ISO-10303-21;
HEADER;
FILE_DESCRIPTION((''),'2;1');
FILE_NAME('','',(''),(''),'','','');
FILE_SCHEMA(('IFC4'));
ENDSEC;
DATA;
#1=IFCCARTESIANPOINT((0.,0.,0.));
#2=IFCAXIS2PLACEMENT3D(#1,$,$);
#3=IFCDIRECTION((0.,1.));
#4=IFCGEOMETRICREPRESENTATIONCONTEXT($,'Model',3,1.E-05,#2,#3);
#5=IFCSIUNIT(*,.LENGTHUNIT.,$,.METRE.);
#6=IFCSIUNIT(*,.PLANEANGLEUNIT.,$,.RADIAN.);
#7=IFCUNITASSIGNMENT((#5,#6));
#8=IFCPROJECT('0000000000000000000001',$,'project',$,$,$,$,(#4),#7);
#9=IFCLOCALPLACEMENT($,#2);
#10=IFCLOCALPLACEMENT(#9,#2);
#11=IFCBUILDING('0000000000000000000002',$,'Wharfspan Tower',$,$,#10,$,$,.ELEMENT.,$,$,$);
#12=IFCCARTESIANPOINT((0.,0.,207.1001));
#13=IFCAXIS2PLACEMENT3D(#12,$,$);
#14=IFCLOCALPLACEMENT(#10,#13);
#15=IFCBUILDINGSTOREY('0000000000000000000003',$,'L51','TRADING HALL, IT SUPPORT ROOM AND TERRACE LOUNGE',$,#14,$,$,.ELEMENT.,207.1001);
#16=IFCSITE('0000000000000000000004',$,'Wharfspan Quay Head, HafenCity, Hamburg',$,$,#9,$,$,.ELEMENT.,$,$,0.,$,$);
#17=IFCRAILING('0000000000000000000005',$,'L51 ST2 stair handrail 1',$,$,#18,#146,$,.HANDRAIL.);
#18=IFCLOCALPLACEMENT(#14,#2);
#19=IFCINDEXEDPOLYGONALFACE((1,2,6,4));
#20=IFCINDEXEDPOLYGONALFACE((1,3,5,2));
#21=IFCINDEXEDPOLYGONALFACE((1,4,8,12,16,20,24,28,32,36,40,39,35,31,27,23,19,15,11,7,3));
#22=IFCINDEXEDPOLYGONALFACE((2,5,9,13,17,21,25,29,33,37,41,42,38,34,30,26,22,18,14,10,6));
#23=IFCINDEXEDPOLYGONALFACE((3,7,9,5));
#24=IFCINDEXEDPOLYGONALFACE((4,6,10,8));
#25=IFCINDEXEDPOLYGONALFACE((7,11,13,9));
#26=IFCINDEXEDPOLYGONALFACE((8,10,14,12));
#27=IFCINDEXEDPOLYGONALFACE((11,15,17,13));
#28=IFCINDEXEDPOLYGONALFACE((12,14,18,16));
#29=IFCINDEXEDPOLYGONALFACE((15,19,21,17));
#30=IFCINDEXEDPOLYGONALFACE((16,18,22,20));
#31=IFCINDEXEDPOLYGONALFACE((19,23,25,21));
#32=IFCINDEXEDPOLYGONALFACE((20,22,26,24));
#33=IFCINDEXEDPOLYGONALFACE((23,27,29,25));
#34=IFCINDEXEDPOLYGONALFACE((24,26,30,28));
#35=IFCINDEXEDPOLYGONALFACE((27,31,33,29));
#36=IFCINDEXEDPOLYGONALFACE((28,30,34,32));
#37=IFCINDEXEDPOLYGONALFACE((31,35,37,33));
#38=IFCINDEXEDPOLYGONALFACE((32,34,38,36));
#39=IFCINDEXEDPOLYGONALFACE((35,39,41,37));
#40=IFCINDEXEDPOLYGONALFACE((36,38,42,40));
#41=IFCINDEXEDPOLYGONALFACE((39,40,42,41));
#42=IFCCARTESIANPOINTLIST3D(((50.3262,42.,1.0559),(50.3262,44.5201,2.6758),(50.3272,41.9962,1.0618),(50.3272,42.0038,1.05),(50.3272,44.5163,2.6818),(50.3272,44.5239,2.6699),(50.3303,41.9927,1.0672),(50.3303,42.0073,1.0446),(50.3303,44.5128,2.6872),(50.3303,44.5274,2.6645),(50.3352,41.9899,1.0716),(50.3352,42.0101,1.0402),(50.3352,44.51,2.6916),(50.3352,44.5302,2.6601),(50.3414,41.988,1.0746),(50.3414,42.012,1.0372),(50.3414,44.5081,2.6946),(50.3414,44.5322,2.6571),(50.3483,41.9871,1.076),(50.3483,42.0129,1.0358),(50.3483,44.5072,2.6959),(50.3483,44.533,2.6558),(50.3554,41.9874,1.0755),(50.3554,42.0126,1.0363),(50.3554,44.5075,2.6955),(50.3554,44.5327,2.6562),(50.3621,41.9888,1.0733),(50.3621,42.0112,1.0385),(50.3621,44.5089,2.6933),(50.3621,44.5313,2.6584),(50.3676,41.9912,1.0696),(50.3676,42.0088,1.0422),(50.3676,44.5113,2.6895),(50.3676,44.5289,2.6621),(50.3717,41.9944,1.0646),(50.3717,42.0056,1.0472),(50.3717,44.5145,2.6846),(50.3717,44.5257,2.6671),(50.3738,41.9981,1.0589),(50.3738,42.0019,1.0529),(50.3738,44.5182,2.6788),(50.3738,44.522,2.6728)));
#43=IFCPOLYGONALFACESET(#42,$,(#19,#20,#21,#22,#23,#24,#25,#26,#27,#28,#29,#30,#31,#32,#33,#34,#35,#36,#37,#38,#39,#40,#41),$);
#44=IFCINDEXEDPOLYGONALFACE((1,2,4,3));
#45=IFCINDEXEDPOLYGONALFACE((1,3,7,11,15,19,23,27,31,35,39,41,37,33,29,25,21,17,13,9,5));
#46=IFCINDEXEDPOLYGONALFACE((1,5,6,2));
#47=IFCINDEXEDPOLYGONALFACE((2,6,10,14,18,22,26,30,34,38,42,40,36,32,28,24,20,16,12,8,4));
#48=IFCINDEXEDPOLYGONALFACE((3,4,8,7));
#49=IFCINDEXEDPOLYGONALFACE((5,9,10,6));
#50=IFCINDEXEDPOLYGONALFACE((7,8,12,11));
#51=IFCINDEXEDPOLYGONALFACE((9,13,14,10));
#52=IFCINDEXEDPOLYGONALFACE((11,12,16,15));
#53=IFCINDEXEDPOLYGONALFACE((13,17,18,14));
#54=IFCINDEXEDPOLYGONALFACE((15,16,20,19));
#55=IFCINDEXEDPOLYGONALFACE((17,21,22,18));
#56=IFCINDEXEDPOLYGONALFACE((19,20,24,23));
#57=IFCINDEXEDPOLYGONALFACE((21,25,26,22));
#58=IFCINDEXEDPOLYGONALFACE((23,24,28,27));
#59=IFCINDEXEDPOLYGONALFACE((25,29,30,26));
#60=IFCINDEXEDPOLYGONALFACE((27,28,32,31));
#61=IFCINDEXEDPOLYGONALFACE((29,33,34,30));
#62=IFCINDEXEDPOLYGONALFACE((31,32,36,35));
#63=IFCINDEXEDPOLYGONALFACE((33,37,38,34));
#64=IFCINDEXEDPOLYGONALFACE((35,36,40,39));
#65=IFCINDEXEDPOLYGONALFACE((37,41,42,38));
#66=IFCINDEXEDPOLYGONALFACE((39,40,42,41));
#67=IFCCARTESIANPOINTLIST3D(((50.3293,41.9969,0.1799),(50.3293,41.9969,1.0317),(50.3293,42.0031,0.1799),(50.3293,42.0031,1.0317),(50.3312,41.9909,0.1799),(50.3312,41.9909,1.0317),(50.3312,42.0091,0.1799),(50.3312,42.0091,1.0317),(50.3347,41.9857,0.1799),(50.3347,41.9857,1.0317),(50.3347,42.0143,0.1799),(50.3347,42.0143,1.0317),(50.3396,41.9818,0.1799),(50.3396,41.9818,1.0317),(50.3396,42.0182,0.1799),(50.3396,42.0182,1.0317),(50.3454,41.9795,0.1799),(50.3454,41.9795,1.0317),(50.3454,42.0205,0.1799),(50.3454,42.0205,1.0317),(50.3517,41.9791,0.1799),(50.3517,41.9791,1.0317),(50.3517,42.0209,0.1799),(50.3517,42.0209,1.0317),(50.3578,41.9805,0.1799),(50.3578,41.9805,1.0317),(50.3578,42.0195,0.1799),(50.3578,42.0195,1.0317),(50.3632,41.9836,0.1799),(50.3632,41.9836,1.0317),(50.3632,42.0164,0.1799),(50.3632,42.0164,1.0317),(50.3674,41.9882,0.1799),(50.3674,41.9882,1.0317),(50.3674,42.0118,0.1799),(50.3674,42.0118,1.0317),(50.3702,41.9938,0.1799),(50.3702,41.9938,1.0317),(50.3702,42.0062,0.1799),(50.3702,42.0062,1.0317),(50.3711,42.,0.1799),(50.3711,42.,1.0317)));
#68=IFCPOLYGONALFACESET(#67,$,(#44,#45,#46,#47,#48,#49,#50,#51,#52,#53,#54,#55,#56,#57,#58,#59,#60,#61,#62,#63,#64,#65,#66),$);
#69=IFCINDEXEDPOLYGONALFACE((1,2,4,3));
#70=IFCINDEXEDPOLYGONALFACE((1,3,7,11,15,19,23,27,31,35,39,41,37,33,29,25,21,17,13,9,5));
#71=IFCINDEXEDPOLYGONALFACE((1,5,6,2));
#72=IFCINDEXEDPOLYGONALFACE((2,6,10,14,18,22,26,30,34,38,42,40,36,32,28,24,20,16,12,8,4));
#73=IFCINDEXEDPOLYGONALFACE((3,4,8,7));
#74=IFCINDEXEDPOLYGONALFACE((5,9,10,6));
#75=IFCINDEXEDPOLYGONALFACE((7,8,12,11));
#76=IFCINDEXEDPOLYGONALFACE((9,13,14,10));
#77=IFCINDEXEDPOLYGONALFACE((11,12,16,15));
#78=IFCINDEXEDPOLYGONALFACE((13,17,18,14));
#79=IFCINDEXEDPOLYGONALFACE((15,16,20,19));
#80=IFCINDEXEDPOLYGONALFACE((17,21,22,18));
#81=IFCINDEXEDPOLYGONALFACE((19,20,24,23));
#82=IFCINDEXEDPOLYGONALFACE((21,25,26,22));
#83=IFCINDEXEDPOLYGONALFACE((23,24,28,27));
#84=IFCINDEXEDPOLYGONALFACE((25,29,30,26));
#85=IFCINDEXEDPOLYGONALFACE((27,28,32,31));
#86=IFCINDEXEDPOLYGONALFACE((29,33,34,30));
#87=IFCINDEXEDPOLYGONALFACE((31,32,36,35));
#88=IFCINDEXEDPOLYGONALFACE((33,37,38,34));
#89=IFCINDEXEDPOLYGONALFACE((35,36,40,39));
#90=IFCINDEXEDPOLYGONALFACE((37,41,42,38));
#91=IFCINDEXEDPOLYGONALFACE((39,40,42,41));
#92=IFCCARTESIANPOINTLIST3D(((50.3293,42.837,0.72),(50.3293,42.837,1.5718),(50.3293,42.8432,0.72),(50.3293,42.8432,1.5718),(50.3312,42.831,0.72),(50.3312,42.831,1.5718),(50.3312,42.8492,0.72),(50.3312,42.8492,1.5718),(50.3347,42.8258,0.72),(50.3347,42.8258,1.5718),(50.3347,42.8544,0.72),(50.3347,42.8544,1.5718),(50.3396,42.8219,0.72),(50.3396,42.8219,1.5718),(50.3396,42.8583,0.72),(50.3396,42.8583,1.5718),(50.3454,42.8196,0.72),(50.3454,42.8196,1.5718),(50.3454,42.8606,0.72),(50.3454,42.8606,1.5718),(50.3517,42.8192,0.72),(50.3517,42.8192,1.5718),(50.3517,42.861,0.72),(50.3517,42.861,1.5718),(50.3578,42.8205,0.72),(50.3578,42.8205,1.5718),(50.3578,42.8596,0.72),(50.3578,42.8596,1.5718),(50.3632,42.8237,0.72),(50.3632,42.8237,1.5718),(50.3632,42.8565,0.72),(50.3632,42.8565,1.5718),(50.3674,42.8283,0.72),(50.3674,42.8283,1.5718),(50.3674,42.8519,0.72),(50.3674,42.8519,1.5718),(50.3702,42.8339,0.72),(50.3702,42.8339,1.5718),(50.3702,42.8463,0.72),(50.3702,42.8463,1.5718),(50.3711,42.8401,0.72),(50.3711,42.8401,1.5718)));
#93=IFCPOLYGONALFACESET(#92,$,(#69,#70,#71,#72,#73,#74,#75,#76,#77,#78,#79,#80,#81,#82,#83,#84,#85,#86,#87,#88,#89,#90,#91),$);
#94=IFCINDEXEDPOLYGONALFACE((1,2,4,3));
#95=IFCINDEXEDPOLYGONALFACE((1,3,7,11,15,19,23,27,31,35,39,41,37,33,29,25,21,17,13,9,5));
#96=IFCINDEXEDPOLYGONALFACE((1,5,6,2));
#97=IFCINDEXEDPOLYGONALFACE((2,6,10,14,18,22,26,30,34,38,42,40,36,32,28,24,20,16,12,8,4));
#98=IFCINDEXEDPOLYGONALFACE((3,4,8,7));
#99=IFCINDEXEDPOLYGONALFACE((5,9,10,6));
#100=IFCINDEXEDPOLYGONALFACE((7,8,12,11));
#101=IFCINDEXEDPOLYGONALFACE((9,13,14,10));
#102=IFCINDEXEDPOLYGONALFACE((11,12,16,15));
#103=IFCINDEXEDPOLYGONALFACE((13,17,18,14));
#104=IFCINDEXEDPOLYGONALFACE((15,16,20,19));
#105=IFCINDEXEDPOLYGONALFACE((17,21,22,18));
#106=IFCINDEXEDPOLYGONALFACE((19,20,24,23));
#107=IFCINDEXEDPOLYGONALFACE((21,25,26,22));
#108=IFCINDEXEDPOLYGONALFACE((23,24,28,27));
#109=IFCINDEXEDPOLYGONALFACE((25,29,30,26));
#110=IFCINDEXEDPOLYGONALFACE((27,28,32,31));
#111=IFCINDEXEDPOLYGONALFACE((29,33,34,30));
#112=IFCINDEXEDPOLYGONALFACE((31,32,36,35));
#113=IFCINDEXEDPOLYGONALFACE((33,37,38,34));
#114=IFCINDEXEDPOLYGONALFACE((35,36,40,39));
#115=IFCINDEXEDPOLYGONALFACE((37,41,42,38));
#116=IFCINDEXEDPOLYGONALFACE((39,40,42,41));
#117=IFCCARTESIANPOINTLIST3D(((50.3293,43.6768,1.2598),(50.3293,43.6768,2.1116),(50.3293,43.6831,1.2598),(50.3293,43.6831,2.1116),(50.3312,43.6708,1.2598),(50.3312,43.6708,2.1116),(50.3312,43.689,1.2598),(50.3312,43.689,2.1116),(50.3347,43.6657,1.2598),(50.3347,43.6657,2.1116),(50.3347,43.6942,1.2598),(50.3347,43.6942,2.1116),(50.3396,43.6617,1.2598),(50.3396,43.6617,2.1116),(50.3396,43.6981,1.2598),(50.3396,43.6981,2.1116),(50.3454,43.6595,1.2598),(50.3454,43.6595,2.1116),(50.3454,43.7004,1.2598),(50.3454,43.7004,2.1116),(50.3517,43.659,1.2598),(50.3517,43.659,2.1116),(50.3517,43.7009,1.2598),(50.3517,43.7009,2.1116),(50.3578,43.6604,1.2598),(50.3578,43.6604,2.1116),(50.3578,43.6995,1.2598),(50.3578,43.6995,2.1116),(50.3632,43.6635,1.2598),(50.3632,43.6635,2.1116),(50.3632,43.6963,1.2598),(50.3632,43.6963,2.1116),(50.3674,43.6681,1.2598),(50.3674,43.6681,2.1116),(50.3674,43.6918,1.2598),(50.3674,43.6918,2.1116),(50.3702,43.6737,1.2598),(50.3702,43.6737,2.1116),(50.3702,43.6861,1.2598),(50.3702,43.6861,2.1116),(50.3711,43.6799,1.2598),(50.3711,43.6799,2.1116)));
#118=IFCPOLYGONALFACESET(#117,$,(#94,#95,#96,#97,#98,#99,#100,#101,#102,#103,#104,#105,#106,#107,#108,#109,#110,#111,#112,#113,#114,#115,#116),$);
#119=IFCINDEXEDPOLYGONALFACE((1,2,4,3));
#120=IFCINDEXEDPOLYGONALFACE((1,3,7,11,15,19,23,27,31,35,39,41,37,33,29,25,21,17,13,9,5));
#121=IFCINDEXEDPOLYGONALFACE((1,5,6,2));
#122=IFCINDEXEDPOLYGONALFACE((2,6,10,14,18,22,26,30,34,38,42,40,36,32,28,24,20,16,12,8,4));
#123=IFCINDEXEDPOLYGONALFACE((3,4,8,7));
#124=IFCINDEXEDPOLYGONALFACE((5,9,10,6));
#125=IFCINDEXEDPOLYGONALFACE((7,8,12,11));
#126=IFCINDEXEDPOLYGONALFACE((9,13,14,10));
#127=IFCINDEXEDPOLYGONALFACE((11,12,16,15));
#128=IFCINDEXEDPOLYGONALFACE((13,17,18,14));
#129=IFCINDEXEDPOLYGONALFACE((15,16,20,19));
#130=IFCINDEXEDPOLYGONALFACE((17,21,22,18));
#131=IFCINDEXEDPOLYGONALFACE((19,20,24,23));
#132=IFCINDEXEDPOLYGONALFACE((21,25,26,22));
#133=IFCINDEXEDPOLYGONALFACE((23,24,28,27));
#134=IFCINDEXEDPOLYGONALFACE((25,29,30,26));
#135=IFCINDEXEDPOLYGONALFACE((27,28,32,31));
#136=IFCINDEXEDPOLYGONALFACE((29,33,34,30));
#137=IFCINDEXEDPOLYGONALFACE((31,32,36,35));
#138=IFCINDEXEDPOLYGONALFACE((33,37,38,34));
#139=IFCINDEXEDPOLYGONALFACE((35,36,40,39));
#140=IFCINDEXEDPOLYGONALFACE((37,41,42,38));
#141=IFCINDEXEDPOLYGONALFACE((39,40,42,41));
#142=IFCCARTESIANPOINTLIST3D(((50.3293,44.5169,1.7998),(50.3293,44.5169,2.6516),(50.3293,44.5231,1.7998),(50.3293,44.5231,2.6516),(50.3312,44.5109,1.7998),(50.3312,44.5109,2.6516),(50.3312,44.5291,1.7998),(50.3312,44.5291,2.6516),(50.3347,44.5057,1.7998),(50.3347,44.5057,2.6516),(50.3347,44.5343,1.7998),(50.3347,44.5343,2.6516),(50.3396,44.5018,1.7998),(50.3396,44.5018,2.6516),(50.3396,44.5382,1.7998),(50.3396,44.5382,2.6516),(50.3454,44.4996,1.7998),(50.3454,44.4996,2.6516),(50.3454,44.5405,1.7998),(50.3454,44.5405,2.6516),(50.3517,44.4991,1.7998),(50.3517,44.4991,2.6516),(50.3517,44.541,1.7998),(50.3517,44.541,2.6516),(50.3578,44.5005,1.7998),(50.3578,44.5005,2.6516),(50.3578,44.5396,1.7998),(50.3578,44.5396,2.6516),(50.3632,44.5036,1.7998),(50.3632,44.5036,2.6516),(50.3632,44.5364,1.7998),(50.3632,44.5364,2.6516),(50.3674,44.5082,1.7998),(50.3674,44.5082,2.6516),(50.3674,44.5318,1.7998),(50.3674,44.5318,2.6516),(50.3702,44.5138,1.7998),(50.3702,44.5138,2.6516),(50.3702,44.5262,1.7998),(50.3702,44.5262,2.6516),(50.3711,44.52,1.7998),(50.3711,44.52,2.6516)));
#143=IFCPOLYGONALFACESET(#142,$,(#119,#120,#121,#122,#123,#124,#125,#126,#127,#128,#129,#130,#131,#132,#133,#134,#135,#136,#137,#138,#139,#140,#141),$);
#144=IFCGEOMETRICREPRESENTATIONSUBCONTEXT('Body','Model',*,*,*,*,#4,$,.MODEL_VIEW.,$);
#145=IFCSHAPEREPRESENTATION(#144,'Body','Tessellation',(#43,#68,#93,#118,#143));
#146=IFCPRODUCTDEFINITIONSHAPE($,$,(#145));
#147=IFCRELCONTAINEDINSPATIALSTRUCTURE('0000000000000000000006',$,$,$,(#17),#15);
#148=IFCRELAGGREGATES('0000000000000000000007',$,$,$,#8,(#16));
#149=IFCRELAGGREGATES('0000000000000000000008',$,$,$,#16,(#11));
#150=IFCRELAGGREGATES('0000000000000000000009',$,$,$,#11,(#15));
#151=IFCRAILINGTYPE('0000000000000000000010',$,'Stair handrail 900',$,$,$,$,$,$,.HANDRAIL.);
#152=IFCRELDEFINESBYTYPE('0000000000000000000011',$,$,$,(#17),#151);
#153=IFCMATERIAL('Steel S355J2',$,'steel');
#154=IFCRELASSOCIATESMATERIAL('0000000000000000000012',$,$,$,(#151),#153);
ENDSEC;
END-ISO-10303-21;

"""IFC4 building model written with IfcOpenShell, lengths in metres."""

from ifc_helpers import new_model, si_unit, direction, frame, origin, origin_2d, place, context, subcontext, project, spatial, circle, extrude, material, type_object, element, save


model = new_model("IFC4")

# Units and contexts
model_context = context("Model", 3, precision=1e-05, world=origin(), true_north=direction((0.0, 1.0)))
body_context = subcontext(model_context, "Body", "Model", "MODEL_VIEW")
ifc_project = project(units=[si_unit("LENGTHUNIT", "METRE"), si_unit("PLANEANGLEUNIT", "RADIAN")], contexts=[model_context])

# Site, building, storey
site_placement = place(None, origin())
site = spatial("IfcSite", under=ifc_project, at=site_placement, Name="Wharfspan Quay Head, HafenCity, Hamburg", CompositionType="ELEMENT", RefElevation=0.0)
building_placement = place(site_placement, origin())
building = spatial("IfcBuilding", under=site, at=building_placement, Name="Wharfspan Tower", CompositionType="ELEMENT")
storey_placement = place(building_placement, frame((0.0, 0.0, 207.1001)))
storey = spatial("IfcBuildingStorey", under=building, at=storey_placement, Name="L51", Description="TRADING HALL, IT SUPPORT ROOM AND TERRACE LOUNGE", CompositionType="ELEMENT", Elevation=207.1001)

# Shared definitions
ifc_material_1 = material(Name="Steel S355J2", Category="steel")

# Railing
railing_type_1 = type_object("IfcRailingType", Name="Stair handrail 900", PredefinedType="HANDRAIL", material=ifc_material_1)
railing_1_placement = place(storey_placement, frame((50.3501, 42.0, 0.1799)))
element("IfcRailing", 1, at=railing_1_placement, inside=storey, type_object=railing_type_1, Name="L51 ST2 stair handrail 1", PredefinedType="HANDRAIL", context=body_context, shape_type="SweptSolid", body=[
    extrude(circle(Radius=0.0239, at=origin_2d()), frame((0.0, 0.0, 0.876), z_axis=(0.0, 0.8412, 0.540725), x_axis=(-1.0, 0.0, 0.0)), (0.0, 0.0, 1.0), 2.9958),
    extrude(circle(Radius=0.021, at=origin_2d()), origin(), (0.0, 0.0, 1.0), 0.8518),
    extrude(circle(Radius=0.021, at=origin_2d()), frame((0.0, 0.8401, 0.54)), (0.0, 0.0, 1.0), 0.8518),
    extrude(circle(Radius=0.021, at=origin_2d()), frame((0.0, 1.6799, 1.0798)), (0.0, 0.0, 1.0), 0.8518),
    extrude(circle(Radius=0.021, at=origin_2d()), frame((0.0, 2.52, 1.6199)), (0.0, 0.0, 1.0), 0.8518),
])

save(model, "model.ifc")
